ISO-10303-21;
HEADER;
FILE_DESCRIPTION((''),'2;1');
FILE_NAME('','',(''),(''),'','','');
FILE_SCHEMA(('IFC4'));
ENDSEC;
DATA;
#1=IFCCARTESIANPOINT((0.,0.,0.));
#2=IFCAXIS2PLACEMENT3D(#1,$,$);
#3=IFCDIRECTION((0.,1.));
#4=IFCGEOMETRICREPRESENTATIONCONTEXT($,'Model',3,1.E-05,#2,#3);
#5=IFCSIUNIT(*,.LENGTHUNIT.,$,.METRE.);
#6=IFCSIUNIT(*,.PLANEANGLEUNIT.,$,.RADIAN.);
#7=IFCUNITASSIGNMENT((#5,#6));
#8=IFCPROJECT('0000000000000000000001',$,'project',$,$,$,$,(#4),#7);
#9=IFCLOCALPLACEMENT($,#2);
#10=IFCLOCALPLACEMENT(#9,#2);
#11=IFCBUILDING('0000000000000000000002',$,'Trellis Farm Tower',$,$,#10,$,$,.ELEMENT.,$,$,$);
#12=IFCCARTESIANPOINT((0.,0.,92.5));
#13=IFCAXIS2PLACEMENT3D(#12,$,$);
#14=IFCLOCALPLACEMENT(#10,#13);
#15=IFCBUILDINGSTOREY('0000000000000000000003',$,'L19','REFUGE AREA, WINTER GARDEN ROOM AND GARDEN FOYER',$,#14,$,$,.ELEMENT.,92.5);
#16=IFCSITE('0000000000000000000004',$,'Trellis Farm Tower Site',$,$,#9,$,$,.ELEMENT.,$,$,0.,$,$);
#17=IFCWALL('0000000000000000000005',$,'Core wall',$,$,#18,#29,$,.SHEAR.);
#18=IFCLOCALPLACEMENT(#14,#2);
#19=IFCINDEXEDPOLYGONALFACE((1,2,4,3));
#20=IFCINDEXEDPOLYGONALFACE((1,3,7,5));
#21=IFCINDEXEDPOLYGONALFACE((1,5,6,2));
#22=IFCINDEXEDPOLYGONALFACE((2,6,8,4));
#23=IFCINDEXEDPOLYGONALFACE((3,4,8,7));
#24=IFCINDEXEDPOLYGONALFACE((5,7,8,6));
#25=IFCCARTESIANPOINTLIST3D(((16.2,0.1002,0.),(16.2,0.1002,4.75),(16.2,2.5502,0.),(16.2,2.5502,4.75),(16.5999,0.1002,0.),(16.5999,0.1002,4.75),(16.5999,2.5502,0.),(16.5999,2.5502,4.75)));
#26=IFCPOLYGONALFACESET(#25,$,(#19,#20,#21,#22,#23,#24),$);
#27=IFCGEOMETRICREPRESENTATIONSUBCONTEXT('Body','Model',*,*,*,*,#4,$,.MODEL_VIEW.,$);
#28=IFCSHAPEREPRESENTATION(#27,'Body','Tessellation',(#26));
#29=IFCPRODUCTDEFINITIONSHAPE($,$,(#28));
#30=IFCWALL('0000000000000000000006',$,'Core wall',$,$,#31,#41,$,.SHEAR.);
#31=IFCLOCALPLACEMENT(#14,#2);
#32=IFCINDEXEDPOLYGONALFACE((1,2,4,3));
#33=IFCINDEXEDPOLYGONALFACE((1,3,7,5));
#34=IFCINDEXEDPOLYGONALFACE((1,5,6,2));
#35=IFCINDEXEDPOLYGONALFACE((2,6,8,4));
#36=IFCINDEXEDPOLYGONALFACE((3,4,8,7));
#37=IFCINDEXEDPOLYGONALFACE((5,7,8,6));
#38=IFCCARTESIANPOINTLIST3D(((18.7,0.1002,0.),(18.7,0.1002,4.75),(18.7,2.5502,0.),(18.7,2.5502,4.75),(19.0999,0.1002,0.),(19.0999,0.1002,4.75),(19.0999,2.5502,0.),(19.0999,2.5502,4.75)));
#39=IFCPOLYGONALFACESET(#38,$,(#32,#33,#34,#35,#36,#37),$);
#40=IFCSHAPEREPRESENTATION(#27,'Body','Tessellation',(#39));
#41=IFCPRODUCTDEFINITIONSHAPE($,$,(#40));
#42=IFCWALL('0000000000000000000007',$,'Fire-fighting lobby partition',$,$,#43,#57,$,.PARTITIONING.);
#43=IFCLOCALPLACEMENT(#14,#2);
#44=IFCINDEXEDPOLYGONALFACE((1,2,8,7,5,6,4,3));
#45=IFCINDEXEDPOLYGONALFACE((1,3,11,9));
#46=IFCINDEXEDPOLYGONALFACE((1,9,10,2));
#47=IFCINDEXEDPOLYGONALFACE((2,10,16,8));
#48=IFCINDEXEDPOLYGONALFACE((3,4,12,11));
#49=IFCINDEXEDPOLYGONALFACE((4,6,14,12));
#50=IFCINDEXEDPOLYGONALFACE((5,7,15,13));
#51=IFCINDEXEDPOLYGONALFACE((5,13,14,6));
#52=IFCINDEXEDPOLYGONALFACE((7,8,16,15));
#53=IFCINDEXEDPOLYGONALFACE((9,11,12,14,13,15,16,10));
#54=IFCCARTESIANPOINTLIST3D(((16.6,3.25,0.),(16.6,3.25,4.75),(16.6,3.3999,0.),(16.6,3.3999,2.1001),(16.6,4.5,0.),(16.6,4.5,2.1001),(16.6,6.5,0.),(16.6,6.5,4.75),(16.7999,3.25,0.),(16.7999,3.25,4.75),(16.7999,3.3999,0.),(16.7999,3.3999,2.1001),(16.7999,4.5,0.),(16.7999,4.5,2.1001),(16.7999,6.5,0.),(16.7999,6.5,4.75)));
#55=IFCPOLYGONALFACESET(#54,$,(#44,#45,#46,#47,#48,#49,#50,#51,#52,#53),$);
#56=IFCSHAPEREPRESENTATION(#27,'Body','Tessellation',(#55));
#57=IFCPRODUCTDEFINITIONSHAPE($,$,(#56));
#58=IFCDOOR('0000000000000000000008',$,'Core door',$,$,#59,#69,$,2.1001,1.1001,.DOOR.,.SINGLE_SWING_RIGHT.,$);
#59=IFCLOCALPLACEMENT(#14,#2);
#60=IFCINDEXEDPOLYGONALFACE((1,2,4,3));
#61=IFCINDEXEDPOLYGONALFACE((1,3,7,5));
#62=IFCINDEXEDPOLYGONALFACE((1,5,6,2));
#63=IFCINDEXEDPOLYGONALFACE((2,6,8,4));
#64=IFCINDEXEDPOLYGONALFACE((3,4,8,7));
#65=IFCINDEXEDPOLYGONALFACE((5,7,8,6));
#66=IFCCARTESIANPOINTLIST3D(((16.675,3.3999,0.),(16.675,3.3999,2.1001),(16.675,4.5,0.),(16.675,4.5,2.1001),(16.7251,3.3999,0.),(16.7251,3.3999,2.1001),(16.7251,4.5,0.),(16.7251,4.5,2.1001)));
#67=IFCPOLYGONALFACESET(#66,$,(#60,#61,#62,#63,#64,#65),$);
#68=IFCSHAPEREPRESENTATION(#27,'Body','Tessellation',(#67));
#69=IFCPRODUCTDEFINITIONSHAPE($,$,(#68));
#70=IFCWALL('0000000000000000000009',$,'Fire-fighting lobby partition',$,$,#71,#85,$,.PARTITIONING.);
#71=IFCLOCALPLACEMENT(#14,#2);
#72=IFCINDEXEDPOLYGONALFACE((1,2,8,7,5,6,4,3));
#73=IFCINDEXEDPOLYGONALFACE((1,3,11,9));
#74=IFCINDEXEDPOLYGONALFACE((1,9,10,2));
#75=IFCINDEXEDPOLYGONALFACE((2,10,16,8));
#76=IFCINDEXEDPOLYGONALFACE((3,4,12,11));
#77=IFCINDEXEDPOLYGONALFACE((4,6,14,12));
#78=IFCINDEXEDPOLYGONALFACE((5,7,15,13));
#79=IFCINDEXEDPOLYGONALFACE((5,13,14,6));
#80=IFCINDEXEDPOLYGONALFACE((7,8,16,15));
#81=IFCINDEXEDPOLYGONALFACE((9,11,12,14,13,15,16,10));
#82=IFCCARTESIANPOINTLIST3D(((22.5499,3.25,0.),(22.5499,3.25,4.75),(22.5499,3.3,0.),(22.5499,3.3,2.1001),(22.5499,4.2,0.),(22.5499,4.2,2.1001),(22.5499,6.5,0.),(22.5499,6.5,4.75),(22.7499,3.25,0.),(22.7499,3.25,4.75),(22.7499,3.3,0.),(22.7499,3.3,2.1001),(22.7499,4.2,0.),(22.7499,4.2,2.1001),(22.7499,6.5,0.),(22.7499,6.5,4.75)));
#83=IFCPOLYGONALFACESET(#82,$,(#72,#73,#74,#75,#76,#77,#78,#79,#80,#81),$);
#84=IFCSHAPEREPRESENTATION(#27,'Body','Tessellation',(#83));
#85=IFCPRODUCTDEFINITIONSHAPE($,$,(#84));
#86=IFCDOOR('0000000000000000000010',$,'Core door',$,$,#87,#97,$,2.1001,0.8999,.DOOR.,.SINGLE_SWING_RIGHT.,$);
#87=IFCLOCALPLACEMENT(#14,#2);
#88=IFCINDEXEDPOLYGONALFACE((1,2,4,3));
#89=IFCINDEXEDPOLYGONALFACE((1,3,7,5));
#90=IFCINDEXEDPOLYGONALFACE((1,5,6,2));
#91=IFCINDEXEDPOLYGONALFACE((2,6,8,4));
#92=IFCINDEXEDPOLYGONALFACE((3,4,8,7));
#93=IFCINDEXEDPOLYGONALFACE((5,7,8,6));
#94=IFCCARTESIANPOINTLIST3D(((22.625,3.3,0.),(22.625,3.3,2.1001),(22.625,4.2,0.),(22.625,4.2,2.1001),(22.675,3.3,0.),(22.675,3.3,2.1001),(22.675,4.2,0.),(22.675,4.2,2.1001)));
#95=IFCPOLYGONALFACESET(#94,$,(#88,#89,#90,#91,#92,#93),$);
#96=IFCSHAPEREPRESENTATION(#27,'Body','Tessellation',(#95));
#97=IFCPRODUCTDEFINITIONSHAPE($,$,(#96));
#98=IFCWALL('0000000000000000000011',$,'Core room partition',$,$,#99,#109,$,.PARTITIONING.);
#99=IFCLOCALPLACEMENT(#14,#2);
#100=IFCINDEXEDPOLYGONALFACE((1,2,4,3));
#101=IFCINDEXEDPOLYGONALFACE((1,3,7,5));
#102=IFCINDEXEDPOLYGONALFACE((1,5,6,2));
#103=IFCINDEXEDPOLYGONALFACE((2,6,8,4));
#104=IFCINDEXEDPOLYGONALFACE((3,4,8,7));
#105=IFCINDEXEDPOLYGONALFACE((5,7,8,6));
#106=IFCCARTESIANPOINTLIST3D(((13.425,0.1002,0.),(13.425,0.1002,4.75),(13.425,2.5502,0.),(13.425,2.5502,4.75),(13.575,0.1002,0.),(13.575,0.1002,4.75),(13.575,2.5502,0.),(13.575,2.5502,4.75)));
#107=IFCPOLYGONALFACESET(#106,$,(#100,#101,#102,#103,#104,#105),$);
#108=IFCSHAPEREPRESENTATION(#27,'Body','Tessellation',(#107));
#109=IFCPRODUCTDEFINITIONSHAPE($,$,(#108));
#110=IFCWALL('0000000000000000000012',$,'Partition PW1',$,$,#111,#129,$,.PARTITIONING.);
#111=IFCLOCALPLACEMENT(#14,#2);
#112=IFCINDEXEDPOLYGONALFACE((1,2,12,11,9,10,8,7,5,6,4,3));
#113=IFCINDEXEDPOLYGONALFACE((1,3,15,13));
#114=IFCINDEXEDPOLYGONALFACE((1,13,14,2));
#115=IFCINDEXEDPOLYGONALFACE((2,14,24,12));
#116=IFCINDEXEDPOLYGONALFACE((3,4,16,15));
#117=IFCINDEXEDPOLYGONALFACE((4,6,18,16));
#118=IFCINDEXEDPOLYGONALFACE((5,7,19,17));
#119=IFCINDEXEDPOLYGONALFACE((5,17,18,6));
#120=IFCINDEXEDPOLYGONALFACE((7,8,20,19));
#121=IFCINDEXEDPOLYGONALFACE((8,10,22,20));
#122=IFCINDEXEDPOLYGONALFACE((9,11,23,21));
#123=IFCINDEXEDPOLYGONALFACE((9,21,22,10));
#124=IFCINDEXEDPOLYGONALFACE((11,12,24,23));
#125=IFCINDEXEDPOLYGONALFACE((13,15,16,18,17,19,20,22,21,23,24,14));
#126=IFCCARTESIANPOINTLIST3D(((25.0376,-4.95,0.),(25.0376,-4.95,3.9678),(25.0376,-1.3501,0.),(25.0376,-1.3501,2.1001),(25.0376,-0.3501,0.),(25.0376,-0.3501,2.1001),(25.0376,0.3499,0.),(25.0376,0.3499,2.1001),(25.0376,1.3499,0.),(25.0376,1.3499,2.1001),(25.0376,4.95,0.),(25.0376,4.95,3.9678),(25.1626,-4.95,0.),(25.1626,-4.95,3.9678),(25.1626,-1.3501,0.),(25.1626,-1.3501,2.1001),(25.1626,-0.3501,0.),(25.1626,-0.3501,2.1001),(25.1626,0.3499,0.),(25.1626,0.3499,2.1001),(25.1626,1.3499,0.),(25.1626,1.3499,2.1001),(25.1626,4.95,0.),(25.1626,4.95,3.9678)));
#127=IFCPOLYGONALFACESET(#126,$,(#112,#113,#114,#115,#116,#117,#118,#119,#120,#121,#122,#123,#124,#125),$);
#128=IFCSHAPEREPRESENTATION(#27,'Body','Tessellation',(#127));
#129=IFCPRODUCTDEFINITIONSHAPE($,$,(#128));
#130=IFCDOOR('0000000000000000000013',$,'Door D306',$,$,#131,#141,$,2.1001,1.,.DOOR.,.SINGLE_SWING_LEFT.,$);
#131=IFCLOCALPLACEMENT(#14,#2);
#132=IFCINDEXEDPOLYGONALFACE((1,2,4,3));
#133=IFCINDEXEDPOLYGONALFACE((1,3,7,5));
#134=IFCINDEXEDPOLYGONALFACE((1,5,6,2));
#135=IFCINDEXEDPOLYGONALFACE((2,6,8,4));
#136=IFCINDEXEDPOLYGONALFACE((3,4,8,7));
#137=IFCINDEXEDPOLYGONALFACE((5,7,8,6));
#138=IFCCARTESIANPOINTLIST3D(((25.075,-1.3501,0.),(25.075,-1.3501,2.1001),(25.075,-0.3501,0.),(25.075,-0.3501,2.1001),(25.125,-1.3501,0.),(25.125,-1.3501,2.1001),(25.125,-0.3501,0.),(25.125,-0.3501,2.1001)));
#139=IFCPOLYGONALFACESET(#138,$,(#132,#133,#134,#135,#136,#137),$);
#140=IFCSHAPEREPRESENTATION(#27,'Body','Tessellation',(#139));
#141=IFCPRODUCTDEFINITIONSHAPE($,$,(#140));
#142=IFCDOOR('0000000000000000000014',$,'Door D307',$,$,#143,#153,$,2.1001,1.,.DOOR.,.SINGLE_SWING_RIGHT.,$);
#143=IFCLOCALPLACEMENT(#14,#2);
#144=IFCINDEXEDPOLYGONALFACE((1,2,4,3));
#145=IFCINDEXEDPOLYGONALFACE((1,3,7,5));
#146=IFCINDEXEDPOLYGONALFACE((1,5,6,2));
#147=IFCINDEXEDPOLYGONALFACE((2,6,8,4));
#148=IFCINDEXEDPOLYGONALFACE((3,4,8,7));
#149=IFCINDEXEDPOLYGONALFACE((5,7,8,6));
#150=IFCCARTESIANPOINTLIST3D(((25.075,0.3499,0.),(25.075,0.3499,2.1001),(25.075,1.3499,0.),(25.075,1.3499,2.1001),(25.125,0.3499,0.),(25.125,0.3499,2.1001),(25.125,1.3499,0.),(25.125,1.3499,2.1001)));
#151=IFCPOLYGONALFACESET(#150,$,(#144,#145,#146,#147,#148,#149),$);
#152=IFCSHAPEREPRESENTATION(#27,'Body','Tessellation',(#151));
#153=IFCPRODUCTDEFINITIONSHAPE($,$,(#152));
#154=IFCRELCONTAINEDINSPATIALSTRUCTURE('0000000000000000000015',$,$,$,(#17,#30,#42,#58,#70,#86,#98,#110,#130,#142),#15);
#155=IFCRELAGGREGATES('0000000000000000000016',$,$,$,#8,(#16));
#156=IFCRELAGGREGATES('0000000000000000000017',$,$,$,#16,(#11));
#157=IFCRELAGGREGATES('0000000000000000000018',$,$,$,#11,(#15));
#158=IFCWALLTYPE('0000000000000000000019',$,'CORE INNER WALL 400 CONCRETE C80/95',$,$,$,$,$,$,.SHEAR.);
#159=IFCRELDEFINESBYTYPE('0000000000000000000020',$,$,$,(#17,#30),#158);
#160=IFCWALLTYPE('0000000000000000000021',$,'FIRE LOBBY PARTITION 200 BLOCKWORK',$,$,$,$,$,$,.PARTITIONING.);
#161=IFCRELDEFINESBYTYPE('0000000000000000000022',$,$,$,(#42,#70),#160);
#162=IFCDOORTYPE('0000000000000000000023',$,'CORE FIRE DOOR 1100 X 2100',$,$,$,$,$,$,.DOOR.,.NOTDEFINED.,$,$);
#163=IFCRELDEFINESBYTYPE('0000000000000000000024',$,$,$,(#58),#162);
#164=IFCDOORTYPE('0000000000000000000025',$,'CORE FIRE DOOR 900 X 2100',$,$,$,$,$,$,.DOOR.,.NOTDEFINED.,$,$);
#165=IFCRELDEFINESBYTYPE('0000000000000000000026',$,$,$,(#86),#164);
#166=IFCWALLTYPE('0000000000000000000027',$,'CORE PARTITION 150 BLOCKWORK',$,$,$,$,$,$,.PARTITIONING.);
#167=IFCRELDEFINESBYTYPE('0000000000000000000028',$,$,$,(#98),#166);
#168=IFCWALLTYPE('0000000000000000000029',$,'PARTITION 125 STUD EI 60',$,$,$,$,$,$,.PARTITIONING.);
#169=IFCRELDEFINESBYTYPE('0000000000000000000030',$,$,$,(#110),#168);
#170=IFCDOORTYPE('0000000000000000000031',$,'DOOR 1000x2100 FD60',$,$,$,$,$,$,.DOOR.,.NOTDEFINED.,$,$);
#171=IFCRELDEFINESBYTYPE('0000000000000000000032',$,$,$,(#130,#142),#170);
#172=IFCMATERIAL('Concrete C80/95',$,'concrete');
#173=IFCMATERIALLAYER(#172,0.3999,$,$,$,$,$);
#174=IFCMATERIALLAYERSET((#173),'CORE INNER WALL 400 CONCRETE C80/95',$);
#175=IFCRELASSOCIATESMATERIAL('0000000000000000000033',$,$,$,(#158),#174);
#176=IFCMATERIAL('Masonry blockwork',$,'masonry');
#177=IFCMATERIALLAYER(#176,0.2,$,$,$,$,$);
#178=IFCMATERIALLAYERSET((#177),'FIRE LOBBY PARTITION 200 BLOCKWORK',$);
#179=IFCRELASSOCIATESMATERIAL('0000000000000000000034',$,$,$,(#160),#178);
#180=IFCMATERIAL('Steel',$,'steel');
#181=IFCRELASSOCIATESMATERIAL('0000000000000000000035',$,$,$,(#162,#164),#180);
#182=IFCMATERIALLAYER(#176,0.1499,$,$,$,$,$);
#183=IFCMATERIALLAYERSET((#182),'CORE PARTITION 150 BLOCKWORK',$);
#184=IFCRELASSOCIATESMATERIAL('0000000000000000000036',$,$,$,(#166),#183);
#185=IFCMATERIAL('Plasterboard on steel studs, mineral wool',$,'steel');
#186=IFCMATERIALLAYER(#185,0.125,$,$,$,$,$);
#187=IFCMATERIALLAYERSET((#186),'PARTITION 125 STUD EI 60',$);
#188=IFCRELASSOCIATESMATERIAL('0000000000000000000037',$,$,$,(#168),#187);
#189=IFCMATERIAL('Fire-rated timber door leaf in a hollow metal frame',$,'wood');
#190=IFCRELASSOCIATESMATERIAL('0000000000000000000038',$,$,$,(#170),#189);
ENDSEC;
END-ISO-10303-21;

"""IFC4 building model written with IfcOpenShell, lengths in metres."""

from ifc_helpers import new_model, si_unit, direction, frame, frame_2d, origin, place, context, subcontext, project, spatial, rectangle, extrude, source, transform, mapped, material, layer, layer_set, type_object, element, fill, save


model = new_model("IFC4")

# Units and contexts
model_context = context("Model", 3, precision=1e-05, world=origin(), true_north=direction((0.0, 1.0)))
body_context = subcontext(model_context, "Body", "Model", "MODEL_VIEW")
ifc_project = project(units=[si_unit("LENGTHUNIT", "METRE"), si_unit("PLANEANGLEUNIT", "RADIAN")], contexts=[model_context])

# Site, building, storey
site_placement = place(None, origin())
site = spatial("IfcSite", under=ifc_project, at=site_placement, Name="Trellis Farm Tower Site", CompositionType="ELEMENT", RefElevation=0.0)
building_placement = place(site_placement, origin())
building = spatial("IfcBuilding", under=site, at=building_placement, Name="Trellis Farm Tower", CompositionType="ELEMENT")
storey_placement = place(building_placement, frame((0.0, 0.0, 92.5)))
storey = spatial("IfcBuildingStorey", under=building, at=storey_placement, Name="L19", Description="REFUGE AREA, WINTER GARDEN ROOM AND GARDEN FOYER", CompositionType="ELEMENT", Elevation=92.5)

# Shared definitions
ifc_material_1 = material(Name="Concrete C80/95", Category="concrete")

# Walls
ifc_layer_1 = layer(ifc_material_1, 0.3999)
ifc_layer_set_1 = layer_set([ifc_layer_1], Name="CORE INNER WALL 400 CONCRETE C80/95")
wall_type_1 = type_object("IfcWallType", Name="CORE INNER WALL 400 CONCRETE C80/95", PredefinedType="SHEAR", material=ifc_layer_set_1)
shared_shape_1 = source(origin(), body_context, "Body", "SweptSolid", [
    extrude(rectangle(XDim=2.45, YDim=0.3999, at=frame_2d((1.2251, 0.0))), origin(), (0.0, 0.0, 1.0), 4.75),
])
for number, where, z_axis, x_axis, name in (
    (1, (16.3999, 0.1001, 0.0), (0.0, 0.0, 1.0), (0.0, 1.0, 0.0), "Core wall"),
    (2, (18.8999, 0.1001, 0.0), (0.0, 0.0, 1.0), (0.0, 1.0, 0.0), "Core wall"),
):
    element("IfcWall", number, at=place(storey_placement, frame(where, z_axis=z_axis, x_axis=x_axis)), inside=storey, type_object=wall_type_1, Name=name, PredefinedType="SHEAR", context=body_context, shape_type="MappedRepresentation", body=[
        mapped(shared_shape_1, transform((0.0, 0.0, 0.0))),
    ])

# Walls, openings, doors
ifc_material_2 = material(Name="Masonry blockwork", Category="masonry")
ifc_layer_2 = layer(ifc_material_2, 0.2)
ifc_layer_set_2 = layer_set([ifc_layer_2], Name="FIRE LOBBY PARTITION 200 BLOCKWORK")
wall_type_2 = type_object("IfcWallType", Name="FIRE LOBBY PARTITION 200 BLOCKWORK", PredefinedType="PARTITIONING", material=ifc_layer_set_2)
shared_shape_2 = source(origin(), body_context, "Body", "SweptSolid", [
    extrude(rectangle(XDim=3.25, YDim=0.2, at=frame_2d((1.625, 0.0))), origin(), (0.0, 0.0, 1.0), 4.75),
])
wall_1_placement = place(storey_placement, frame((16.7, 3.25, 0.0), z_axis=(0.0, 0.0, 1.0), x_axis=(0.0, 1.0, 0.0)))
wall_1 = element("IfcWall", 3, at=wall_1_placement, inside=storey, type_object=wall_type_2, Name="Fire-fighting lobby partition", PredefinedType="PARTITIONING", context=body_context, shape_type="MappedRepresentation", body=[
    mapped(shared_shape_2, transform((0.0, 0.0, 0.0))),
])
shared_shape_3 = source(origin(), body_context, "Body", "SweptSolid", [
    extrude(rectangle(XDim=1.1001, YDim=2.1001, at=frame_2d((0.55, 1.05))), frame((0.0, 0.1101, 0.0), z_axis=(0.0, -1.0, 0.0), x_axis=(1.0, 0.0, 0.0)), (0.0, 0.0, 1.0), 0.2202),
])
opening_1_placement = place(wall_1_placement, frame((0.1499, 0.0, 0.0)))
opening_1 = element("IfcOpeningElement", 4, at=opening_1_placement, cuts=wall_1, PredefinedType="OPENING", context=body_context, shape_type="MappedRepresentation", body=[
    mapped(shared_shape_3, transform((0.0, 0.0, 0.0))),
])
ifc_material_3 = material(Name="Steel", Category="steel")
door_type_1 = type_object("IfcDoorType", Name="CORE FIRE DOOR 1100 X 2100", OperationType="NOTDEFINED", PredefinedType="DOOR", material=ifc_material_3)
shared_shape_4 = source(origin(), body_context, "Body", "SweptSolid", [
    extrude(rectangle(XDim=1.1001, YDim=2.1001, at=frame_2d((0.55, 1.05))), frame((0.0, 0.0249, 0.0), z_axis=(0.0, -1.0, 0.0), x_axis=(1.0, 0.0, 0.0)), (0.0, 0.0, 1.0), 0.05),
])
door_1_placement = place(opening_1_placement, origin())
door_1 = element("IfcDoor", 5, at=door_1_placement, inside=storey, type_object=door_type_1, Name="Core door", OperationType="SINGLE_SWING_RIGHT", OverallHeight=2.1001, OverallWidth=1.1001, PredefinedType="DOOR", context=body_context, shape_type="MappedRepresentation", body=[
    mapped(shared_shape_4, transform((0.0, 0.0, 0.0))),
])
fill(opening_1, door_1)
wall_2_placement = place(storey_placement, frame((22.6499, 3.25, 0.0), z_axis=(0.0, 0.0, 1.0), x_axis=(0.0, 1.0, 0.0)))
wall_2 = element("IfcWall", 6, at=wall_2_placement, inside=storey, type_object=wall_type_2, Name="Fire-fighting lobby partition", PredefinedType="PARTITIONING", context=body_context, shape_type="MappedRepresentation", body=[
    mapped(shared_shape_2, transform((0.0, 0.0, 0.0))),
])
shared_shape_5 = source(origin(), body_context, "Body", "SweptSolid", [
    extrude(rectangle(XDim=0.8999, YDim=2.1001, at=frame_2d((0.45, 1.05))), frame((0.0, 0.1101, 0.0), z_axis=(0.0, -1.0, 0.0), x_axis=(1.0, 0.0, 0.0)), (0.0, 0.0, 1.0), 0.2202),
])
opening_2_placement = place(wall_2_placement, frame((0.05, 0.0, 0.0)))
opening_2 = element("IfcOpeningElement", 7, at=opening_2_placement, cuts=wall_2, PredefinedType="OPENING", context=body_context, shape_type="MappedRepresentation", body=[
    mapped(shared_shape_5, transform((0.0, 0.0, 0.0))),
])
door_type_2 = type_object("IfcDoorType", Name="CORE FIRE DOOR 900 X 2100", OperationType="NOTDEFINED", PredefinedType="DOOR", material=ifc_material_3)
shared_shape_6 = source(origin(), body_context, "Body", "SweptSolid", [
    extrude(rectangle(XDim=0.8999, YDim=2.1001, at=frame_2d((0.45, 1.05))), frame((0.0, 0.0249, 0.0), z_axis=(0.0, -1.0, 0.0), x_axis=(1.0, 0.0, 0.0)), (0.0, 0.0, 1.0), 0.05),
])
door_2_placement = place(opening_2_placement, origin())
door_2 = element("IfcDoor", 8, at=door_2_placement, inside=storey, type_object=door_type_2, Name="Core door", OperationType="SINGLE_SWING_RIGHT", OverallHeight=2.1001, OverallWidth=0.8999, PredefinedType="DOOR", context=body_context, shape_type="MappedRepresentation", body=[
    mapped(shared_shape_6, transform((0.0, 0.0, 0.0))),
])
fill(opening_2, door_2)

# Wall
ifc_layer_3 = layer(ifc_material_2, 0.1499)
ifc_layer_set_3 = layer_set([ifc_layer_3], Name="CORE PARTITION 150 BLOCKWORK")
wall_type_3 = type_object("IfcWallType", Name="CORE PARTITION 150 BLOCKWORK", PredefinedType="PARTITIONING", material=ifc_layer_set_3)
shared_shape_7 = source(origin(), body_context, "Body", "SweptSolid", [
    extrude(rectangle(XDim=2.45, YDim=0.1499, at=frame_2d((1.2251, 0.0))), origin(), (0.0, 0.0, 1.0), 4.75),
])
wall_3_placement = place(storey_placement, frame((13.5, 0.1001, 0.0), z_axis=(0.0, 0.0, 1.0), x_axis=(0.0, 1.0, 0.0)))
element("IfcWall", 9, at=wall_3_placement, inside=storey, type_object=wall_type_3, Name="Core room partition", PredefinedType="PARTITIONING", context=body_context, shape_type="MappedRepresentation", body=[
    mapped(shared_shape_7, transform((0.0, 0.0, 0.0))),
])

# Wall, openings, doors
ifc_material_4 = material(Name="Plasterboard on steel studs, mineral wool", Category="steel")
ifc_layer_4 = layer(ifc_material_4, 0.125)
ifc_layer_set_4 = layer_set([ifc_layer_4], Name="PARTITION 125 STUD EI 60")
wall_type_4 = type_object("IfcWallType", Name="PARTITION 125 STUD EI 60", PredefinedType="PARTITIONING", material=ifc_layer_set_4)
shared_shape_8 = source(origin(), body_context, "Body", "SweptSolid", [
    extrude(rectangle(XDim=9.8999, YDim=0.125, at=frame_2d((4.95, 0.0))), origin(), (0.0, 0.0, 1.0), 3.9678),
])
wall_4_placement = place(storey_placement, frame((25.1001, 4.95, 0.0), z_axis=(0.0, 0.0, 1.0), x_axis=(0.0, -1.0, 0.0)))
wall_4 = element("IfcWall", 10, at=wall_4_placement, inside=storey, type_object=wall_type_4, Name="Partition PW1", PredefinedType="PARTITIONING", context=body_context, shape_type="MappedRepresentation", body=[
    mapped(shared_shape_8, transform((0.0, 0.0, 0.0))),
])
shared_shape_9 = source(origin(), body_context, "Body", "SweptSolid", [
    extrude(rectangle(XDim=1.0, YDim=2.1001, at=frame_2d((0.5, 1.05))), frame((0.0, 0.0725, 0.0), z_axis=(0.0, -1.0, 0.0), x_axis=(1.0, 0.0, 0.0)), (0.0, 0.0, 1.0), 0.145),
])
opening_3_placement = place(wall_4_placement, frame((5.3, 0.0, 0.0)))
opening_3 = element("IfcOpeningElement", 11, at=opening_3_placement, cuts=wall_4, PredefinedType="OPENING", context=body_context, shape_type="MappedRepresentation", body=[
    mapped(shared_shape_9, transform((0.0, 0.0, 0.0))),
])
opening_4_placement = place(wall_4_placement, frame((3.6001, 0.0, 0.0)))
opening_4 = element("IfcOpeningElement", 12, at=opening_4_placement, cuts=wall_4, PredefinedType="OPENING", context=body_context, shape_type="MappedRepresentation", body=[
    mapped(shared_shape_9, transform((0.0, 0.0, 0.0))),
])
ifc_material_5 = material(Name="Fire-rated timber door leaf in a hollow metal frame", Category="wood")
door_type_3 = type_object("IfcDoorType", Name="DOOR 1000x2100 FD60", OperationType="NOTDEFINED", PredefinedType="DOOR", material=ifc_material_5)
shared_shape_10 = source(origin(), body_context, "Body", "SweptSolid", [
    extrude(rectangle(XDim=1.0, YDim=2.1001, at=frame_2d((0.5, 1.05))), frame((0.0, 0.0249, 0.0), z_axis=(0.0, -1.0, 0.0), x_axis=(1.0, 0.0, 0.0)), (0.0, 0.0, 1.0), 0.05),
])
door_3_placement = place(opening_3_placement, origin())
door_3 = element("IfcDoor", 13, at=door_3_placement, inside=storey, type_object=door_type_3, Name="Door D306", OperationType="SINGLE_SWING_LEFT", OverallHeight=2.1001, OverallWidth=1.0, PredefinedType="DOOR", context=body_context, shape_type="MappedRepresentation", body=[
    mapped(shared_shape_10, transform((0.0, 0.0, 0.0))),
])
fill(opening_3, door_3)
door_4_placement = place(opening_4_placement, origin())
door_4 = element("IfcDoor", 14, at=door_4_placement, inside=storey, type_object=door_type_3, Name="Door D307", OperationType="SINGLE_SWING_RIGHT", OverallHeight=2.1001, OverallWidth=1.0, PredefinedType="DOOR", context=body_context, shape_type="MappedRepresentation", body=[
    mapped(shared_shape_10, transform((0.0, 0.0, 0.0))),
])
fill(opening_4, door_4)

save(model, "model.ifc")
